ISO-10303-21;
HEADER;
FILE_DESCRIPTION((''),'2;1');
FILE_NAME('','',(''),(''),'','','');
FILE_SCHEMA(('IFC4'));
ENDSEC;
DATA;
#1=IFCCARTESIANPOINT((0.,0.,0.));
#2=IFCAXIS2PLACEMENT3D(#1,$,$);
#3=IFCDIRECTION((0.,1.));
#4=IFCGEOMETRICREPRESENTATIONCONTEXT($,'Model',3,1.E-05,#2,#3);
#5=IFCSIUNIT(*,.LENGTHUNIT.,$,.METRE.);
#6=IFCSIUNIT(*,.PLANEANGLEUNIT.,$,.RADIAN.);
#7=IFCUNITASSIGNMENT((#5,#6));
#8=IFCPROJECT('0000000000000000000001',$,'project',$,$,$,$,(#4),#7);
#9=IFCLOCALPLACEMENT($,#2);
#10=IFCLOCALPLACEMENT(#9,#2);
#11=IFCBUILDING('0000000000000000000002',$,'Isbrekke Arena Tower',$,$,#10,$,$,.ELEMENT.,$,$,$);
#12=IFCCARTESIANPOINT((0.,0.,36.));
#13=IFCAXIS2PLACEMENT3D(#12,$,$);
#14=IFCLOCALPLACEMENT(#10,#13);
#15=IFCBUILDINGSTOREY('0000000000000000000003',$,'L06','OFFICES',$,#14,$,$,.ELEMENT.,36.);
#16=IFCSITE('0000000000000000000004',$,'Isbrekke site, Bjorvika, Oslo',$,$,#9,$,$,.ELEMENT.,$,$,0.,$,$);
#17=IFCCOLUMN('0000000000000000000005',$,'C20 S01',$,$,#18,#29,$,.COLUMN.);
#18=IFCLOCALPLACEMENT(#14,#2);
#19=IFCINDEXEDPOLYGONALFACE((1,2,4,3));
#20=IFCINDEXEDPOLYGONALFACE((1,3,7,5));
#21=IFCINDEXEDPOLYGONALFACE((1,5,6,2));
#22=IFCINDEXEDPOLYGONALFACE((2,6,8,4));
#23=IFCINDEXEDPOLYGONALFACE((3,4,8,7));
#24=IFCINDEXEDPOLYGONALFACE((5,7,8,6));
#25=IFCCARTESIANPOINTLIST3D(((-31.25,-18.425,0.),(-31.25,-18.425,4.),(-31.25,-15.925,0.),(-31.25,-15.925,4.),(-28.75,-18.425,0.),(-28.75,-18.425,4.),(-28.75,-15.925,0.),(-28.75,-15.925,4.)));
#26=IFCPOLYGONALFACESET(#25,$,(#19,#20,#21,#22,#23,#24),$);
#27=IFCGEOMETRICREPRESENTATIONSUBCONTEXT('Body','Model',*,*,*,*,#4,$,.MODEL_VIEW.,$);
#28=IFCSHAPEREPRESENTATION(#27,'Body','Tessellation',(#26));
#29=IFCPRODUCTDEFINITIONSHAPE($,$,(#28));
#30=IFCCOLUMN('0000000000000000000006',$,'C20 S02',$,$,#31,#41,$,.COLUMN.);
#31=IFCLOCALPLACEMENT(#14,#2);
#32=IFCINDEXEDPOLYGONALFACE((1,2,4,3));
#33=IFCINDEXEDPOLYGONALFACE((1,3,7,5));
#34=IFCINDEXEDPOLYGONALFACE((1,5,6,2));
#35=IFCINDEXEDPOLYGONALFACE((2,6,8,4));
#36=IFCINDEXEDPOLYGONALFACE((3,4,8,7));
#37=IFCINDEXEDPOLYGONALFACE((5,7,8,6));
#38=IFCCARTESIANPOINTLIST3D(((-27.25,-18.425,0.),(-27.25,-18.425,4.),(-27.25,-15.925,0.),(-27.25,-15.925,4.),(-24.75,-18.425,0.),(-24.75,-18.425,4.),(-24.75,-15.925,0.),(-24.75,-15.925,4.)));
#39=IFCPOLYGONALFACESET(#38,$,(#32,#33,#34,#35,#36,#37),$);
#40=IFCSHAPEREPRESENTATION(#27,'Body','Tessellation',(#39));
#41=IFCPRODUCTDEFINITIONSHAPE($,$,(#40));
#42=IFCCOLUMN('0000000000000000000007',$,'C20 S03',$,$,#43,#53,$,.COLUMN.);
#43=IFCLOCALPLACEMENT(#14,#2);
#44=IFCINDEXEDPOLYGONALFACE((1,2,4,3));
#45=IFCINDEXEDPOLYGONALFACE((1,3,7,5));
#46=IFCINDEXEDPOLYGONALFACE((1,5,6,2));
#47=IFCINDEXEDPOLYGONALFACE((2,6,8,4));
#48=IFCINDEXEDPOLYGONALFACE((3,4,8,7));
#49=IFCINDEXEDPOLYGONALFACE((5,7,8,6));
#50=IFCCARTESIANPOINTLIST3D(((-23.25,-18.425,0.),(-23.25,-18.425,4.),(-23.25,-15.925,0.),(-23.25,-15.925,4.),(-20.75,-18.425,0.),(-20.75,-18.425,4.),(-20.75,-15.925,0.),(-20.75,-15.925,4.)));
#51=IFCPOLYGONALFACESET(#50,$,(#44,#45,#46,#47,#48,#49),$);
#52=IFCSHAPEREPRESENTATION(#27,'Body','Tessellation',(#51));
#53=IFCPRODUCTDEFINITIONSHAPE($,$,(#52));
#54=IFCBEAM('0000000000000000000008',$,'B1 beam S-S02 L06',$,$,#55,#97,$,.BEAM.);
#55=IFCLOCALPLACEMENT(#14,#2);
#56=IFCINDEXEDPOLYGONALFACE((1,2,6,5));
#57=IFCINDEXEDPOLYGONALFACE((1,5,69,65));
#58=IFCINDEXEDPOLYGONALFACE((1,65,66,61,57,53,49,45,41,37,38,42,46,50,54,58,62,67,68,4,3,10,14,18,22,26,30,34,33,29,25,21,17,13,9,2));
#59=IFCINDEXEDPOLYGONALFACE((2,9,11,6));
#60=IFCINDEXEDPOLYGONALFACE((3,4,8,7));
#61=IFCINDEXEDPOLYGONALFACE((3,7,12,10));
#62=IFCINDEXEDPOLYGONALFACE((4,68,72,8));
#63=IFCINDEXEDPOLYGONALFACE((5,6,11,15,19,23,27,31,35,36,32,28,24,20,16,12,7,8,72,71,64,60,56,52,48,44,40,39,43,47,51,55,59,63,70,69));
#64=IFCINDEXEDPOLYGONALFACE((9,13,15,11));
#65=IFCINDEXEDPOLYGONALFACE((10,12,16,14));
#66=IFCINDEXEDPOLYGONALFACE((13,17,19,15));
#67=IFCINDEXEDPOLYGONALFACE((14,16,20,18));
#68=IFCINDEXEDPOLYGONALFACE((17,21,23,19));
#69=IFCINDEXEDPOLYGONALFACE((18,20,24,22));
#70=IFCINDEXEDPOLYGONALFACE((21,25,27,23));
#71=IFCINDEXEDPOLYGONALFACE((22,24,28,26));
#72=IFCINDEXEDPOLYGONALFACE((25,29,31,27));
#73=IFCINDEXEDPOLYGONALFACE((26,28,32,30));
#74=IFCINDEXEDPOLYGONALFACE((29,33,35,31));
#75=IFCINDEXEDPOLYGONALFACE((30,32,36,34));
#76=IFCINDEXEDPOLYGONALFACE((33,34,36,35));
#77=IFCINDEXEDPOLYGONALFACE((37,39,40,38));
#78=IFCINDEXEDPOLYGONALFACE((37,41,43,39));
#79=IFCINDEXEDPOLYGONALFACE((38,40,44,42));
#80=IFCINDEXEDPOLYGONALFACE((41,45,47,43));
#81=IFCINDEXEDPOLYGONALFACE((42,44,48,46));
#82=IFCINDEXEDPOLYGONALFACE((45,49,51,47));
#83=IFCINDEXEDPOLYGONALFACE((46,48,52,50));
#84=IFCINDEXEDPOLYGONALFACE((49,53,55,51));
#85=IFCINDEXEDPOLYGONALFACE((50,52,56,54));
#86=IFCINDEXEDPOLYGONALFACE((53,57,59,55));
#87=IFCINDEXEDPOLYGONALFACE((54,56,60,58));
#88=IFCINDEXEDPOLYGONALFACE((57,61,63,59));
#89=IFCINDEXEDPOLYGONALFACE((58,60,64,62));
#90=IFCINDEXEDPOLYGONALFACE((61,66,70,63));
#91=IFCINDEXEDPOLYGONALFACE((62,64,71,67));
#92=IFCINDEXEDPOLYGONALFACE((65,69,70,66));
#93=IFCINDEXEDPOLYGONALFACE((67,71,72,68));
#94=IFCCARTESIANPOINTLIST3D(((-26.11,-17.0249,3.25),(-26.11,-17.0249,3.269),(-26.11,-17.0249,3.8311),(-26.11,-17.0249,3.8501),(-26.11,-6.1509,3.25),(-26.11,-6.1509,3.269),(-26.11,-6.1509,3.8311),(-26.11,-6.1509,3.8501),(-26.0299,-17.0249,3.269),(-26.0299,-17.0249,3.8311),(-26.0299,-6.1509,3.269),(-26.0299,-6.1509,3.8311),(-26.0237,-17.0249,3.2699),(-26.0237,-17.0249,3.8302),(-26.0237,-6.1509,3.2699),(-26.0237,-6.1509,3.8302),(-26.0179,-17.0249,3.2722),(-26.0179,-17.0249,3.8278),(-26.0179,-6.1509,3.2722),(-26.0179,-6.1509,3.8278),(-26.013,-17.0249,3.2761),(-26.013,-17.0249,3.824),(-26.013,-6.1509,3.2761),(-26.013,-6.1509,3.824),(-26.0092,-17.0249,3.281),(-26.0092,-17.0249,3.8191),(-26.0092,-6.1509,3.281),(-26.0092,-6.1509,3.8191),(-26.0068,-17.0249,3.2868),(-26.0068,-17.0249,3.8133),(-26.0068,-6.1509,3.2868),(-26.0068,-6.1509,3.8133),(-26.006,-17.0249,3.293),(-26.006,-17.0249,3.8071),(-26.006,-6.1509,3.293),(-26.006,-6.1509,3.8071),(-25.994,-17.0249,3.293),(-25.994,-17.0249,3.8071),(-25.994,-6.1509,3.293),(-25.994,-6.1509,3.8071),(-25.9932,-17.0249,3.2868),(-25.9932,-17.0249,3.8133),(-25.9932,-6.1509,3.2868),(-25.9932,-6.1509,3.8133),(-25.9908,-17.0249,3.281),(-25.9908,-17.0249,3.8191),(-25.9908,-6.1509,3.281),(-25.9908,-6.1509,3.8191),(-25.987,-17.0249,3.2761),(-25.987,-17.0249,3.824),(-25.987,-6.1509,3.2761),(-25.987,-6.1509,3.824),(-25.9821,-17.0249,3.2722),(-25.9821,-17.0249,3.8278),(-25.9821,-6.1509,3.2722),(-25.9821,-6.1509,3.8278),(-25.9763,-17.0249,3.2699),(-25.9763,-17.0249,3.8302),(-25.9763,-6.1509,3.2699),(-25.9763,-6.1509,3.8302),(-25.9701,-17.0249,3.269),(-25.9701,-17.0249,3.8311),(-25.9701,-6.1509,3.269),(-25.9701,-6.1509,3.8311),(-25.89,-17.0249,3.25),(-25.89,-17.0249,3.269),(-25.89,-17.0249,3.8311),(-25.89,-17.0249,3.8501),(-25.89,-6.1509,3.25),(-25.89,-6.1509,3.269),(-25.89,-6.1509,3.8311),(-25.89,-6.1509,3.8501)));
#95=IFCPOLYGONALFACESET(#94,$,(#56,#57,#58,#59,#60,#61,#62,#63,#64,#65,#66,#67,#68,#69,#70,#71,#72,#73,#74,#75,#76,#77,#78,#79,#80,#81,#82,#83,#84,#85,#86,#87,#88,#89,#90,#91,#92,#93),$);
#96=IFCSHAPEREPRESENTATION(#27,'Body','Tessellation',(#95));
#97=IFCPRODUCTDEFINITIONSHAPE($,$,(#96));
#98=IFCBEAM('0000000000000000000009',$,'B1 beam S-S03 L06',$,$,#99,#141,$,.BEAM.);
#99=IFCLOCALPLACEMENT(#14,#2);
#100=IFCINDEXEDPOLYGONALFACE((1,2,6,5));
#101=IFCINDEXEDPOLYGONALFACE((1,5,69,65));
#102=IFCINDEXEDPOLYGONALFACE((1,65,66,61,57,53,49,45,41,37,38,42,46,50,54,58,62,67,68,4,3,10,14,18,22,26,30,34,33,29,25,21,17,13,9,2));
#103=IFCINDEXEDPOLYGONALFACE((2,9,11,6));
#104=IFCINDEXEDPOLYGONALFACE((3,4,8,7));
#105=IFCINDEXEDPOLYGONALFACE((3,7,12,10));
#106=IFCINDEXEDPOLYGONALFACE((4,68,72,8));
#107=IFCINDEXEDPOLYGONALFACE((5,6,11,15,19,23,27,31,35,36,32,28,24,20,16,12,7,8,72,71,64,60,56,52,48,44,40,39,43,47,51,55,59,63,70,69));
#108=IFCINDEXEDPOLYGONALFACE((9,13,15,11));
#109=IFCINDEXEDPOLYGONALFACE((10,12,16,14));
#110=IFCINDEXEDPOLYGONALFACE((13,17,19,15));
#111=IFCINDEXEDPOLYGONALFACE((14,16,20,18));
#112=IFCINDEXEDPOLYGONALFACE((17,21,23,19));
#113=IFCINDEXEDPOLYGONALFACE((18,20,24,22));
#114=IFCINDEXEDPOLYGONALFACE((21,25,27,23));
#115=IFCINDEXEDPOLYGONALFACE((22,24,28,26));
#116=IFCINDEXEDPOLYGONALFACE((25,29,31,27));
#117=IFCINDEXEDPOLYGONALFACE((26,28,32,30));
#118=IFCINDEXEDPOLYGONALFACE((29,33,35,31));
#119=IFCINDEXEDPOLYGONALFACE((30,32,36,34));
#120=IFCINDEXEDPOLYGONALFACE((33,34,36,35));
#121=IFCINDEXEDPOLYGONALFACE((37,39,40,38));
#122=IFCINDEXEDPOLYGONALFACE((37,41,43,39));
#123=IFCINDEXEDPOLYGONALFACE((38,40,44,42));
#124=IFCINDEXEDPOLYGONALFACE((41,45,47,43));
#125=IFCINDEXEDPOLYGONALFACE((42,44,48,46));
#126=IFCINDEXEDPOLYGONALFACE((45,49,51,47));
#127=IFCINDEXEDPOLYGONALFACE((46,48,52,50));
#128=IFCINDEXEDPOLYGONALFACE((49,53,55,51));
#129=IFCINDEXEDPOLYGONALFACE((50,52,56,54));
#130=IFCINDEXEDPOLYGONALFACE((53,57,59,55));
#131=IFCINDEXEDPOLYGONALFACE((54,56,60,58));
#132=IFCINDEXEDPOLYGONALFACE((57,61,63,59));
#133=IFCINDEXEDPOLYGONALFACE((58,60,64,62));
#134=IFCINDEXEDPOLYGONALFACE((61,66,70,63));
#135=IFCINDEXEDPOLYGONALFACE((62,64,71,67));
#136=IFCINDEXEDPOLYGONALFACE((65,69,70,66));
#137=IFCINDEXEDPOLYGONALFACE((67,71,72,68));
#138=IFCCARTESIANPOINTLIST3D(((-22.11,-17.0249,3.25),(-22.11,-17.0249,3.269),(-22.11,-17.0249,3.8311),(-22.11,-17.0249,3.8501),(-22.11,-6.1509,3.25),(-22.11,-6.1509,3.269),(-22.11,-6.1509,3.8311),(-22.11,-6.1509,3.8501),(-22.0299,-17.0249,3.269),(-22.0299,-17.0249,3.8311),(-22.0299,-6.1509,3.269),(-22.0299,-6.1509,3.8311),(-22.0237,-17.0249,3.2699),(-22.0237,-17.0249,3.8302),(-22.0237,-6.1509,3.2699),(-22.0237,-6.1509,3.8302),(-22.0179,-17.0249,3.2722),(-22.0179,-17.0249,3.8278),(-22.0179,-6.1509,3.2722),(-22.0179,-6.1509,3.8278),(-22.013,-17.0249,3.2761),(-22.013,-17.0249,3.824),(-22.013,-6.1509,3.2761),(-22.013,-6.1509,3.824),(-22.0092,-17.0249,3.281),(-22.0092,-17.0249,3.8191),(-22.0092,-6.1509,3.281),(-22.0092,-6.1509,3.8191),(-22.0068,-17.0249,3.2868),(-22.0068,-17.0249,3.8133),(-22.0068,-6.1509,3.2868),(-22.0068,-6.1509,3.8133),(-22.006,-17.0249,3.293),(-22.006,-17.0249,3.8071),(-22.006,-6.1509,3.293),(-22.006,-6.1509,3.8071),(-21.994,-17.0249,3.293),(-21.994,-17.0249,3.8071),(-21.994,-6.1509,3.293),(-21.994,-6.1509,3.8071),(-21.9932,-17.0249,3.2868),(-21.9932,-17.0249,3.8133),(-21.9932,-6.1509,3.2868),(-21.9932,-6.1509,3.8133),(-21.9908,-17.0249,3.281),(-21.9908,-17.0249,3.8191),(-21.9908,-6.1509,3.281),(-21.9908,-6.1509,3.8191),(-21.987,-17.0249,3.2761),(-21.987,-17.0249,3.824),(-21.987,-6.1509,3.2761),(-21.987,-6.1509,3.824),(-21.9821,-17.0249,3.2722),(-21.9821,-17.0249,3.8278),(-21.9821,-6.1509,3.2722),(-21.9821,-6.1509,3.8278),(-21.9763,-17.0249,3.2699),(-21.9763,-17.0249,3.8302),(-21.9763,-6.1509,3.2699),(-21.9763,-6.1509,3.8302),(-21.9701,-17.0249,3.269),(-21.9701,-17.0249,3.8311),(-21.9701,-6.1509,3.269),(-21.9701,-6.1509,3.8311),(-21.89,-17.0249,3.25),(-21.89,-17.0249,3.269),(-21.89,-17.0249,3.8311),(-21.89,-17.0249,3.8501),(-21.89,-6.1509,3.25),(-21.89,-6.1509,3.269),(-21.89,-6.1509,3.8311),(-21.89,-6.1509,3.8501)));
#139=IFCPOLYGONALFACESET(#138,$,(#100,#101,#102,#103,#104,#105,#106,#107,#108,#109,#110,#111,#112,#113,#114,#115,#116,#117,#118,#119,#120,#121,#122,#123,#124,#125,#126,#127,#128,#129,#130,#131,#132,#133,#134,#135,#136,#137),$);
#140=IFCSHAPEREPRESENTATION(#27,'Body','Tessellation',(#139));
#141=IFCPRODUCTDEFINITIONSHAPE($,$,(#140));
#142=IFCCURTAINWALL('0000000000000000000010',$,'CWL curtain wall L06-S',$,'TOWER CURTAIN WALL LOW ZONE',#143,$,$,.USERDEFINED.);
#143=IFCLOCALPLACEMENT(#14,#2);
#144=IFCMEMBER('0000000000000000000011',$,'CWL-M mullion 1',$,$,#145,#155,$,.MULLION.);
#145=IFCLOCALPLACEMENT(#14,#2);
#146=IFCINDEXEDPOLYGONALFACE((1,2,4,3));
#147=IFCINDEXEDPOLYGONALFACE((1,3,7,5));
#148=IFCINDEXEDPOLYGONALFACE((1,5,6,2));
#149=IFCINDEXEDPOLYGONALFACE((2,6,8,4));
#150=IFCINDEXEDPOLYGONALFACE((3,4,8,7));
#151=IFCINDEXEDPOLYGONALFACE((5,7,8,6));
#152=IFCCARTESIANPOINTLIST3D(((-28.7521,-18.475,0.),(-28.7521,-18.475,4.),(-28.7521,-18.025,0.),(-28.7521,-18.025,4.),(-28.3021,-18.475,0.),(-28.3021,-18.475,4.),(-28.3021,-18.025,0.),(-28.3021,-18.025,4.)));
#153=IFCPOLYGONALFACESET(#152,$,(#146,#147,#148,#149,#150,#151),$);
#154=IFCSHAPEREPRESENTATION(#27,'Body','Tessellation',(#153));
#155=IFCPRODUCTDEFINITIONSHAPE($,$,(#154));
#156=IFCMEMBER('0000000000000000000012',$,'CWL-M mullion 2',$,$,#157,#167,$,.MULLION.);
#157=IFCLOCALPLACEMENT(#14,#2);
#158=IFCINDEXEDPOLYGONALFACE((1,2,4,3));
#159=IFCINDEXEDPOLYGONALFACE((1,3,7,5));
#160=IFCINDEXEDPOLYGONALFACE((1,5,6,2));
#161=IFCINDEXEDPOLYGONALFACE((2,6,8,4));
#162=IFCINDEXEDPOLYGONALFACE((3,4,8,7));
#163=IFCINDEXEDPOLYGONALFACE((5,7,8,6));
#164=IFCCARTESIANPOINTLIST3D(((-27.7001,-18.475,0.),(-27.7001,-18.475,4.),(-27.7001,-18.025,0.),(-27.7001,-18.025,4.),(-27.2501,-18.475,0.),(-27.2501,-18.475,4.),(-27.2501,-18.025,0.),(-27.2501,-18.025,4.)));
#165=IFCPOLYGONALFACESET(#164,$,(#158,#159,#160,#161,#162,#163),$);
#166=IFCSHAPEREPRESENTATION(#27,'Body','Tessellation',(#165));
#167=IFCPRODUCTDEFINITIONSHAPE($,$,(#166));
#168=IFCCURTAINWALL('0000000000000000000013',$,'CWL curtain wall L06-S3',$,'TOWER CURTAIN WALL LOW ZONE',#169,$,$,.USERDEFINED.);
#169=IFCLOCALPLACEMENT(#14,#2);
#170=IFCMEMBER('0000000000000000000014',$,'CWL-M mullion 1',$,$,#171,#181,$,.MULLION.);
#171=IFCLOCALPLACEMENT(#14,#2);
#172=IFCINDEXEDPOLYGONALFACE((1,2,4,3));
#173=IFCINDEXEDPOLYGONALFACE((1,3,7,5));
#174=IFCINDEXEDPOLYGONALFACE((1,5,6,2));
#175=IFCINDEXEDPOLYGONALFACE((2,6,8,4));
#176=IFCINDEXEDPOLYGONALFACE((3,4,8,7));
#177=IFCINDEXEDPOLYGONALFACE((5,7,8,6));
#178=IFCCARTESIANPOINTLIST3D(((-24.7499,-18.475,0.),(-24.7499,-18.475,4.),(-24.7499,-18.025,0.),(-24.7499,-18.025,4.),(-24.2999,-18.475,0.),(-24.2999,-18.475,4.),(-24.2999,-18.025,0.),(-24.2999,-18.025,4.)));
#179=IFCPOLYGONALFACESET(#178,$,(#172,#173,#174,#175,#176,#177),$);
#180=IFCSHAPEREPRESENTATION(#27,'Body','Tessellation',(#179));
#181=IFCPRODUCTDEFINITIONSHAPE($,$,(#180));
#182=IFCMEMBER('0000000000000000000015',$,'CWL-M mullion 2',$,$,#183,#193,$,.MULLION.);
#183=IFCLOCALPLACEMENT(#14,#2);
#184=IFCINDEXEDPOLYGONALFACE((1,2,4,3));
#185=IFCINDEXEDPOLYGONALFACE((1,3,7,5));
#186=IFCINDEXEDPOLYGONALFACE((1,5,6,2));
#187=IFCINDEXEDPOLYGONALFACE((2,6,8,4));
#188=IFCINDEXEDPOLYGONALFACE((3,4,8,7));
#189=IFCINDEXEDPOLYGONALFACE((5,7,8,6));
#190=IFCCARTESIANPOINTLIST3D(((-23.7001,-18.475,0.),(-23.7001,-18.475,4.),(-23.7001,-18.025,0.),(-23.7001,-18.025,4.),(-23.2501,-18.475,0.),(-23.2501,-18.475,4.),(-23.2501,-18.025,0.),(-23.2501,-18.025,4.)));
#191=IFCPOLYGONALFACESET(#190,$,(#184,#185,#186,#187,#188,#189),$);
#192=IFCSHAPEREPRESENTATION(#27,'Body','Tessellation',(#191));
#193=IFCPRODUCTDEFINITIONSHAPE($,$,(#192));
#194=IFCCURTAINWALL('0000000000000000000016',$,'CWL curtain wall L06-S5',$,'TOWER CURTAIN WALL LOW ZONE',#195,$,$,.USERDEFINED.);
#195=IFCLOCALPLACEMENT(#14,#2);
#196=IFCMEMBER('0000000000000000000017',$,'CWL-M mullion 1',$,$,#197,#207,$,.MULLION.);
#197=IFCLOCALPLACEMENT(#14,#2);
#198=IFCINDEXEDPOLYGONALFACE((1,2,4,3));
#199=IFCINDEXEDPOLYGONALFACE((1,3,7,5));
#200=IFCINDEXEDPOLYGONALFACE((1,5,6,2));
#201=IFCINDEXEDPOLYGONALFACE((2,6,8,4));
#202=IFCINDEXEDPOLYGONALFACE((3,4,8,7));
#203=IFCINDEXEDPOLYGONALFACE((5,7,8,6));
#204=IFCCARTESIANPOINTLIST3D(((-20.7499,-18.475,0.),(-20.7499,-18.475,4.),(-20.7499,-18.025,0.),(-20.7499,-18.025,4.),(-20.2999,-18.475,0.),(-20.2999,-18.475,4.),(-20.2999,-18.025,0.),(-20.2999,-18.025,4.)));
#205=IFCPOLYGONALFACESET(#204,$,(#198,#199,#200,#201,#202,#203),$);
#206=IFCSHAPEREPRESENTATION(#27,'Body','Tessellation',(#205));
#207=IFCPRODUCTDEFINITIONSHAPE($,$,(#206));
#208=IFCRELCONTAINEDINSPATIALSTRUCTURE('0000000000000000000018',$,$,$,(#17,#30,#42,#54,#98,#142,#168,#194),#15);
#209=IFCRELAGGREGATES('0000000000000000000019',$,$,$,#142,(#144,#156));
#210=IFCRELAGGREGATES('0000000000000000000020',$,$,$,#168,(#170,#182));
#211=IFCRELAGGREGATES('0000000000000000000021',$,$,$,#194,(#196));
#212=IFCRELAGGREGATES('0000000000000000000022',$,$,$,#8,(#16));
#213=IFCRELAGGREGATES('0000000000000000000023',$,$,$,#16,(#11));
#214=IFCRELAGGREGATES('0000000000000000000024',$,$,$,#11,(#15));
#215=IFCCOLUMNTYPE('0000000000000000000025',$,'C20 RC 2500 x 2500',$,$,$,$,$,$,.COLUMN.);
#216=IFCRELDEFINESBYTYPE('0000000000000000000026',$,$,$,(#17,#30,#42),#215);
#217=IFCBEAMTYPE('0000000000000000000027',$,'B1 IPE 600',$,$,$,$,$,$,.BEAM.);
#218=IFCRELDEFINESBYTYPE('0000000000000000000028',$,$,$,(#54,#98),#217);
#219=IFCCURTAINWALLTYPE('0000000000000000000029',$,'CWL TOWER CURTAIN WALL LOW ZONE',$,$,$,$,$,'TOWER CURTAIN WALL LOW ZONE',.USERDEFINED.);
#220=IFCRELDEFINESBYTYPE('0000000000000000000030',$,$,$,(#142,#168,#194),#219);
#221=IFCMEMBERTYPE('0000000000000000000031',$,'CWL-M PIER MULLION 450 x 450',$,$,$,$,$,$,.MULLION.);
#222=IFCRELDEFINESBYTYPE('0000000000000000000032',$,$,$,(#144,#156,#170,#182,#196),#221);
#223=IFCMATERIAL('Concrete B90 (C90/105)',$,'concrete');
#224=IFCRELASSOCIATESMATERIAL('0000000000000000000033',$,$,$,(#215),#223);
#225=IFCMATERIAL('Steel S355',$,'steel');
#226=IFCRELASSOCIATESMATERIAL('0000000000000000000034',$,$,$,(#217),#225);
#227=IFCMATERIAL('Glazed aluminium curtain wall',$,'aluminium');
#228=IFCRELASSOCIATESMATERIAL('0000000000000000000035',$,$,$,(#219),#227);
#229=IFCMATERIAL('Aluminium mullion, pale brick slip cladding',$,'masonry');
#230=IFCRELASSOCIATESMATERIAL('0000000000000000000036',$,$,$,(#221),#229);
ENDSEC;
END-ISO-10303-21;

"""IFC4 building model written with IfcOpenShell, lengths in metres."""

from ifc_helpers import new_model, si_unit, direction, frame, origin, origin_2d, place, context, subcontext, project, spatial, rectangle, i_section, extrude, material, material_profile, profile_set, type_object, element, aggregate, save


model = new_model("IFC4")

# Units and contexts
model_context = context("Model", 3, precision=1e-05, world=origin(), true_north=direction((0.0, 1.0)))
body_context = subcontext(model_context, "Body", "Model", "MODEL_VIEW")
ifc_project = project(units=[si_unit("LENGTHUNIT", "METRE"), si_unit("PLANEANGLEUNIT", "RADIAN")], contexts=[model_context])

# Site, building, storey
site_placement = place(None, origin())
site = spatial("IfcSite", under=ifc_project, at=site_placement, Name="Isbrekke site, Bjorvika, Oslo", CompositionType="ELEMENT", RefElevation=0.0)
building_placement = place(site_placement, origin())
building = spatial("IfcBuilding", under=site, at=building_placement, Name="Isbrekke Arena Tower", CompositionType="ELEMENT")
storey_placement = place(building_placement, frame((0.0, 0.0, 36.0)))
storey = spatial("IfcBuildingStorey", under=building, at=storey_placement, Name="L06", Description="OFFICES", CompositionType="ELEMENT", Elevation=36.0)

# Columns
ifc_material_1 = material(Name="Concrete B90 (C90/105)", Category="concrete")
ifc_material_profile_1 = material_profile(ifc_material_1, rectangle(XDim=2.5, YDim=2.5, at=origin_2d()), Name="RC 2500x2500")
ifc_profile_set_1 = profile_set([ifc_material_profile_1], Name="Concrete B90 (C90/105)")
column_type = type_object("IfcColumnType", Name="C20 RC 2500 x 2500", PredefinedType="COLUMN", material=ifc_profile_set_1)
for number, where, z_axis, x_axis, name in (
    (1, (-30.0, -17.175, 0.0), (0.0, 0.0, 1.0), (1.0, 0.0, 0.0), "C20 S01"),
    (2, (-26.0, -17.175, 0.0), (0.0, 0.0, 1.0), (1.0, 0.0, 0.0), "C20 S02"),
    (3, (-22.0, -17.175, 0.0), (0.0, 0.0, 1.0), (1.0, 0.0, 0.0), "C20 S03"),
):
    element("IfcColumn", number, at=place(storey_placement, frame(where, z_axis=z_axis, x_axis=x_axis)), inside=storey, type_object=column_type, Name=name, PredefinedType="COLUMN", context=body_context, shape_type="SweptSolid", body=[
        extrude(rectangle(XDim=2.5, YDim=2.5, at=origin_2d()), origin(), (0.0, 0.0, 1.0), 4.0),
    ])

# Beams
ifc_material_2 = material(Name="Steel S355", Category="steel")
ifc_material_profile_2 = material_profile(ifc_material_2, i_section(OverallWidth=0.22, OverallDepth=0.6001, WebThickness=0.012, FlangeThickness=0.019, FilletRadius=0.0239, at=origin_2d()), Name="IPE 600")
ifc_profile_set_2 = profile_set([ifc_material_profile_2], Name="Steel S355")
beam_type_1 = type_object("IfcBeamType", Name="B1 IPE 600", PredefinedType="BEAM", material=ifc_profile_set_2)
for number, where, z_axis, x_axis, name in (
    (4, (-26.0, -17.0249, 3.55), (0.0, 1.0, 0.0), (-1.0, 0.0, 0.0), "B1 beam S-S02 L06"),
    (5, (-22.0, -17.0249, 3.55), (0.0, 1.0, 0.0), (-1.0, 0.0, 0.0), "B1 beam S-S03 L06"),
):
    element("IfcBeam", number, at=place(storey_placement, frame(where, z_axis=z_axis, x_axis=x_axis)), inside=storey, type_object=beam_type_1, Name=name, PredefinedType="BEAM", context=body_context, shape_type="SweptSolid", body=[
        extrude(i_section(OverallWidth=0.22, OverallDepth=0.6001, WebThickness=0.012, FlangeThickness=0.019, FilletRadius=0.0239, at=origin_2d()), origin(), (0.0, 0.0, 1.0), 10.874),
    ])

# Curtain walls, members
ifc_material_3 = material(Name="Glazed aluminium curtain wall", Category="aluminium")
curtain_wall_type = type_object("IfcCurtainWallType", Name="CWL TOWER CURTAIN WALL LOW ZONE", ElementType="TOWER CURTAIN WALL LOW ZONE", PredefinedType="USERDEFINED", material=ifc_material_3)
curtain_wall_1_placement = place(storey_placement, origin())
curtain_wall_1 = element("IfcCurtainWall", 6, at=curtain_wall_1_placement, inside=storey, type_object=curtain_wall_type, Name="CWL curtain wall L06-S", ObjectType="TOWER CURTAIN WALL LOW ZONE", PredefinedType="USERDEFINED")
ifc_material_4 = material(Name="Aluminium mullion, pale brick slip cladding", Category="masonry")
ifc_material_profile_3 = material_profile(ifc_material_4, rectangle(XDim=0.45, YDim=0.45, at=origin_2d()), Name="PIER 450X450")
ifc_profile_set_3 = profile_set([ifc_material_profile_3], Name="Aluminium mullion, pale brick slip cladding")
member_type_1 = type_object("IfcMemberType", Name="CWL-M PIER MULLION 450 x 450", PredefinedType="MULLION", material=ifc_profile_set_3)
member_1_placement = place(storey_placement, frame((-28.5271, -18.25, 0.0), z_axis=(0.0, 0.0, 1.0), x_axis=(1.0, 0.0, 0.0)))
member_1 = element("IfcMember", 7, at=member_1_placement, type_object=member_type_1, Name="CWL-M mullion 1", PredefinedType="MULLION", context=body_context, shape_type="SweptSolid", body=[
    extrude(rectangle(XDim=0.45, YDim=0.45, at=origin_2d()), origin(), (0.0, 0.0, 1.0), 4.0),
])
member_2_placement = place(storey_placement, frame((-27.4751, -18.25, 0.0), z_axis=(0.0, 0.0, 1.0), x_axis=(1.0, 0.0, 0.0)))
member_2 = element("IfcMember", 8, at=member_2_placement, type_object=member_type_1, Name="CWL-M mullion 2", PredefinedType="MULLION", context=body_context, shape_type="SweptSolid", body=[
    extrude(rectangle(XDim=0.45, YDim=0.45, at=origin_2d()), origin(), (0.0, 0.0, 1.0), 4.0),
])
curtain_wall_2_placement = place(storey_placement, origin())
curtain_wall_2 = element("IfcCurtainWall", 9, at=curtain_wall_2_placement, inside=storey, type_object=curtain_wall_type, Name="CWL curtain wall L06-S3", ObjectType="TOWER CURTAIN WALL LOW ZONE", PredefinedType="USERDEFINED")
member_3_placement = place(storey_placement, frame((-24.5249, -18.25, 0.0), z_axis=(0.0, 0.0, 1.0), x_axis=(1.0, 0.0, 0.0)))
member_3 = element("IfcMember", 10, at=member_3_placement, type_object=member_type_1, Name="CWL-M mullion 1", PredefinedType="MULLION", context=body_context, shape_type="SweptSolid", body=[
    extrude(rectangle(XDim=0.45, YDim=0.45, at=origin_2d()), origin(), (0.0, 0.0, 1.0), 4.0),
])
member_4_placement = place(storey_placement, frame((-23.4751, -18.25, 0.0), z_axis=(0.0, 0.0, 1.0), x_axis=(1.0, 0.0, 0.0)))
member_4 = element("IfcMember", 11, at=member_4_placement, type_object=member_type_1, Name="CWL-M mullion 2", PredefinedType="MULLION", context=body_context, shape_type="SweptSolid", body=[
    extrude(rectangle(XDim=0.45, YDim=0.45, at=origin_2d()), origin(), (0.0, 0.0, 1.0), 4.0),
])

# Curtain wall, member
curtain_wall_3_placement = place(storey_placement, origin())
curtain_wall_3 = element("IfcCurtainWall", 12, at=curtain_wall_3_placement, inside=storey, type_object=curtain_wall_type, Name="CWL curtain wall L06-S5", ObjectType="TOWER CURTAIN WALL LOW ZONE", PredefinedType="USERDEFINED")
member_5_placement = place(storey_placement, frame((-20.5249, -18.25, 0.0), z_axis=(0.0, 0.0, 1.0), x_axis=(1.0, 0.0, 0.0)))
member_5 = element("IfcMember", 13, at=member_5_placement, type_object=member_type_1, Name="CWL-M mullion 1", PredefinedType="MULLION", context=body_context, shape_type="SweptSolid", body=[
    extrude(rectangle(XDim=0.45, YDim=0.45, at=origin_2d()), origin(), (0.0, 0.0, 1.0), 4.0),
])

aggregate(curtain_wall_1, [member_1, member_2])
aggregate(curtain_wall_2, [member_3, member_4])
aggregate(curtain_wall_3, [member_5])

save(model, "model.ifc")
